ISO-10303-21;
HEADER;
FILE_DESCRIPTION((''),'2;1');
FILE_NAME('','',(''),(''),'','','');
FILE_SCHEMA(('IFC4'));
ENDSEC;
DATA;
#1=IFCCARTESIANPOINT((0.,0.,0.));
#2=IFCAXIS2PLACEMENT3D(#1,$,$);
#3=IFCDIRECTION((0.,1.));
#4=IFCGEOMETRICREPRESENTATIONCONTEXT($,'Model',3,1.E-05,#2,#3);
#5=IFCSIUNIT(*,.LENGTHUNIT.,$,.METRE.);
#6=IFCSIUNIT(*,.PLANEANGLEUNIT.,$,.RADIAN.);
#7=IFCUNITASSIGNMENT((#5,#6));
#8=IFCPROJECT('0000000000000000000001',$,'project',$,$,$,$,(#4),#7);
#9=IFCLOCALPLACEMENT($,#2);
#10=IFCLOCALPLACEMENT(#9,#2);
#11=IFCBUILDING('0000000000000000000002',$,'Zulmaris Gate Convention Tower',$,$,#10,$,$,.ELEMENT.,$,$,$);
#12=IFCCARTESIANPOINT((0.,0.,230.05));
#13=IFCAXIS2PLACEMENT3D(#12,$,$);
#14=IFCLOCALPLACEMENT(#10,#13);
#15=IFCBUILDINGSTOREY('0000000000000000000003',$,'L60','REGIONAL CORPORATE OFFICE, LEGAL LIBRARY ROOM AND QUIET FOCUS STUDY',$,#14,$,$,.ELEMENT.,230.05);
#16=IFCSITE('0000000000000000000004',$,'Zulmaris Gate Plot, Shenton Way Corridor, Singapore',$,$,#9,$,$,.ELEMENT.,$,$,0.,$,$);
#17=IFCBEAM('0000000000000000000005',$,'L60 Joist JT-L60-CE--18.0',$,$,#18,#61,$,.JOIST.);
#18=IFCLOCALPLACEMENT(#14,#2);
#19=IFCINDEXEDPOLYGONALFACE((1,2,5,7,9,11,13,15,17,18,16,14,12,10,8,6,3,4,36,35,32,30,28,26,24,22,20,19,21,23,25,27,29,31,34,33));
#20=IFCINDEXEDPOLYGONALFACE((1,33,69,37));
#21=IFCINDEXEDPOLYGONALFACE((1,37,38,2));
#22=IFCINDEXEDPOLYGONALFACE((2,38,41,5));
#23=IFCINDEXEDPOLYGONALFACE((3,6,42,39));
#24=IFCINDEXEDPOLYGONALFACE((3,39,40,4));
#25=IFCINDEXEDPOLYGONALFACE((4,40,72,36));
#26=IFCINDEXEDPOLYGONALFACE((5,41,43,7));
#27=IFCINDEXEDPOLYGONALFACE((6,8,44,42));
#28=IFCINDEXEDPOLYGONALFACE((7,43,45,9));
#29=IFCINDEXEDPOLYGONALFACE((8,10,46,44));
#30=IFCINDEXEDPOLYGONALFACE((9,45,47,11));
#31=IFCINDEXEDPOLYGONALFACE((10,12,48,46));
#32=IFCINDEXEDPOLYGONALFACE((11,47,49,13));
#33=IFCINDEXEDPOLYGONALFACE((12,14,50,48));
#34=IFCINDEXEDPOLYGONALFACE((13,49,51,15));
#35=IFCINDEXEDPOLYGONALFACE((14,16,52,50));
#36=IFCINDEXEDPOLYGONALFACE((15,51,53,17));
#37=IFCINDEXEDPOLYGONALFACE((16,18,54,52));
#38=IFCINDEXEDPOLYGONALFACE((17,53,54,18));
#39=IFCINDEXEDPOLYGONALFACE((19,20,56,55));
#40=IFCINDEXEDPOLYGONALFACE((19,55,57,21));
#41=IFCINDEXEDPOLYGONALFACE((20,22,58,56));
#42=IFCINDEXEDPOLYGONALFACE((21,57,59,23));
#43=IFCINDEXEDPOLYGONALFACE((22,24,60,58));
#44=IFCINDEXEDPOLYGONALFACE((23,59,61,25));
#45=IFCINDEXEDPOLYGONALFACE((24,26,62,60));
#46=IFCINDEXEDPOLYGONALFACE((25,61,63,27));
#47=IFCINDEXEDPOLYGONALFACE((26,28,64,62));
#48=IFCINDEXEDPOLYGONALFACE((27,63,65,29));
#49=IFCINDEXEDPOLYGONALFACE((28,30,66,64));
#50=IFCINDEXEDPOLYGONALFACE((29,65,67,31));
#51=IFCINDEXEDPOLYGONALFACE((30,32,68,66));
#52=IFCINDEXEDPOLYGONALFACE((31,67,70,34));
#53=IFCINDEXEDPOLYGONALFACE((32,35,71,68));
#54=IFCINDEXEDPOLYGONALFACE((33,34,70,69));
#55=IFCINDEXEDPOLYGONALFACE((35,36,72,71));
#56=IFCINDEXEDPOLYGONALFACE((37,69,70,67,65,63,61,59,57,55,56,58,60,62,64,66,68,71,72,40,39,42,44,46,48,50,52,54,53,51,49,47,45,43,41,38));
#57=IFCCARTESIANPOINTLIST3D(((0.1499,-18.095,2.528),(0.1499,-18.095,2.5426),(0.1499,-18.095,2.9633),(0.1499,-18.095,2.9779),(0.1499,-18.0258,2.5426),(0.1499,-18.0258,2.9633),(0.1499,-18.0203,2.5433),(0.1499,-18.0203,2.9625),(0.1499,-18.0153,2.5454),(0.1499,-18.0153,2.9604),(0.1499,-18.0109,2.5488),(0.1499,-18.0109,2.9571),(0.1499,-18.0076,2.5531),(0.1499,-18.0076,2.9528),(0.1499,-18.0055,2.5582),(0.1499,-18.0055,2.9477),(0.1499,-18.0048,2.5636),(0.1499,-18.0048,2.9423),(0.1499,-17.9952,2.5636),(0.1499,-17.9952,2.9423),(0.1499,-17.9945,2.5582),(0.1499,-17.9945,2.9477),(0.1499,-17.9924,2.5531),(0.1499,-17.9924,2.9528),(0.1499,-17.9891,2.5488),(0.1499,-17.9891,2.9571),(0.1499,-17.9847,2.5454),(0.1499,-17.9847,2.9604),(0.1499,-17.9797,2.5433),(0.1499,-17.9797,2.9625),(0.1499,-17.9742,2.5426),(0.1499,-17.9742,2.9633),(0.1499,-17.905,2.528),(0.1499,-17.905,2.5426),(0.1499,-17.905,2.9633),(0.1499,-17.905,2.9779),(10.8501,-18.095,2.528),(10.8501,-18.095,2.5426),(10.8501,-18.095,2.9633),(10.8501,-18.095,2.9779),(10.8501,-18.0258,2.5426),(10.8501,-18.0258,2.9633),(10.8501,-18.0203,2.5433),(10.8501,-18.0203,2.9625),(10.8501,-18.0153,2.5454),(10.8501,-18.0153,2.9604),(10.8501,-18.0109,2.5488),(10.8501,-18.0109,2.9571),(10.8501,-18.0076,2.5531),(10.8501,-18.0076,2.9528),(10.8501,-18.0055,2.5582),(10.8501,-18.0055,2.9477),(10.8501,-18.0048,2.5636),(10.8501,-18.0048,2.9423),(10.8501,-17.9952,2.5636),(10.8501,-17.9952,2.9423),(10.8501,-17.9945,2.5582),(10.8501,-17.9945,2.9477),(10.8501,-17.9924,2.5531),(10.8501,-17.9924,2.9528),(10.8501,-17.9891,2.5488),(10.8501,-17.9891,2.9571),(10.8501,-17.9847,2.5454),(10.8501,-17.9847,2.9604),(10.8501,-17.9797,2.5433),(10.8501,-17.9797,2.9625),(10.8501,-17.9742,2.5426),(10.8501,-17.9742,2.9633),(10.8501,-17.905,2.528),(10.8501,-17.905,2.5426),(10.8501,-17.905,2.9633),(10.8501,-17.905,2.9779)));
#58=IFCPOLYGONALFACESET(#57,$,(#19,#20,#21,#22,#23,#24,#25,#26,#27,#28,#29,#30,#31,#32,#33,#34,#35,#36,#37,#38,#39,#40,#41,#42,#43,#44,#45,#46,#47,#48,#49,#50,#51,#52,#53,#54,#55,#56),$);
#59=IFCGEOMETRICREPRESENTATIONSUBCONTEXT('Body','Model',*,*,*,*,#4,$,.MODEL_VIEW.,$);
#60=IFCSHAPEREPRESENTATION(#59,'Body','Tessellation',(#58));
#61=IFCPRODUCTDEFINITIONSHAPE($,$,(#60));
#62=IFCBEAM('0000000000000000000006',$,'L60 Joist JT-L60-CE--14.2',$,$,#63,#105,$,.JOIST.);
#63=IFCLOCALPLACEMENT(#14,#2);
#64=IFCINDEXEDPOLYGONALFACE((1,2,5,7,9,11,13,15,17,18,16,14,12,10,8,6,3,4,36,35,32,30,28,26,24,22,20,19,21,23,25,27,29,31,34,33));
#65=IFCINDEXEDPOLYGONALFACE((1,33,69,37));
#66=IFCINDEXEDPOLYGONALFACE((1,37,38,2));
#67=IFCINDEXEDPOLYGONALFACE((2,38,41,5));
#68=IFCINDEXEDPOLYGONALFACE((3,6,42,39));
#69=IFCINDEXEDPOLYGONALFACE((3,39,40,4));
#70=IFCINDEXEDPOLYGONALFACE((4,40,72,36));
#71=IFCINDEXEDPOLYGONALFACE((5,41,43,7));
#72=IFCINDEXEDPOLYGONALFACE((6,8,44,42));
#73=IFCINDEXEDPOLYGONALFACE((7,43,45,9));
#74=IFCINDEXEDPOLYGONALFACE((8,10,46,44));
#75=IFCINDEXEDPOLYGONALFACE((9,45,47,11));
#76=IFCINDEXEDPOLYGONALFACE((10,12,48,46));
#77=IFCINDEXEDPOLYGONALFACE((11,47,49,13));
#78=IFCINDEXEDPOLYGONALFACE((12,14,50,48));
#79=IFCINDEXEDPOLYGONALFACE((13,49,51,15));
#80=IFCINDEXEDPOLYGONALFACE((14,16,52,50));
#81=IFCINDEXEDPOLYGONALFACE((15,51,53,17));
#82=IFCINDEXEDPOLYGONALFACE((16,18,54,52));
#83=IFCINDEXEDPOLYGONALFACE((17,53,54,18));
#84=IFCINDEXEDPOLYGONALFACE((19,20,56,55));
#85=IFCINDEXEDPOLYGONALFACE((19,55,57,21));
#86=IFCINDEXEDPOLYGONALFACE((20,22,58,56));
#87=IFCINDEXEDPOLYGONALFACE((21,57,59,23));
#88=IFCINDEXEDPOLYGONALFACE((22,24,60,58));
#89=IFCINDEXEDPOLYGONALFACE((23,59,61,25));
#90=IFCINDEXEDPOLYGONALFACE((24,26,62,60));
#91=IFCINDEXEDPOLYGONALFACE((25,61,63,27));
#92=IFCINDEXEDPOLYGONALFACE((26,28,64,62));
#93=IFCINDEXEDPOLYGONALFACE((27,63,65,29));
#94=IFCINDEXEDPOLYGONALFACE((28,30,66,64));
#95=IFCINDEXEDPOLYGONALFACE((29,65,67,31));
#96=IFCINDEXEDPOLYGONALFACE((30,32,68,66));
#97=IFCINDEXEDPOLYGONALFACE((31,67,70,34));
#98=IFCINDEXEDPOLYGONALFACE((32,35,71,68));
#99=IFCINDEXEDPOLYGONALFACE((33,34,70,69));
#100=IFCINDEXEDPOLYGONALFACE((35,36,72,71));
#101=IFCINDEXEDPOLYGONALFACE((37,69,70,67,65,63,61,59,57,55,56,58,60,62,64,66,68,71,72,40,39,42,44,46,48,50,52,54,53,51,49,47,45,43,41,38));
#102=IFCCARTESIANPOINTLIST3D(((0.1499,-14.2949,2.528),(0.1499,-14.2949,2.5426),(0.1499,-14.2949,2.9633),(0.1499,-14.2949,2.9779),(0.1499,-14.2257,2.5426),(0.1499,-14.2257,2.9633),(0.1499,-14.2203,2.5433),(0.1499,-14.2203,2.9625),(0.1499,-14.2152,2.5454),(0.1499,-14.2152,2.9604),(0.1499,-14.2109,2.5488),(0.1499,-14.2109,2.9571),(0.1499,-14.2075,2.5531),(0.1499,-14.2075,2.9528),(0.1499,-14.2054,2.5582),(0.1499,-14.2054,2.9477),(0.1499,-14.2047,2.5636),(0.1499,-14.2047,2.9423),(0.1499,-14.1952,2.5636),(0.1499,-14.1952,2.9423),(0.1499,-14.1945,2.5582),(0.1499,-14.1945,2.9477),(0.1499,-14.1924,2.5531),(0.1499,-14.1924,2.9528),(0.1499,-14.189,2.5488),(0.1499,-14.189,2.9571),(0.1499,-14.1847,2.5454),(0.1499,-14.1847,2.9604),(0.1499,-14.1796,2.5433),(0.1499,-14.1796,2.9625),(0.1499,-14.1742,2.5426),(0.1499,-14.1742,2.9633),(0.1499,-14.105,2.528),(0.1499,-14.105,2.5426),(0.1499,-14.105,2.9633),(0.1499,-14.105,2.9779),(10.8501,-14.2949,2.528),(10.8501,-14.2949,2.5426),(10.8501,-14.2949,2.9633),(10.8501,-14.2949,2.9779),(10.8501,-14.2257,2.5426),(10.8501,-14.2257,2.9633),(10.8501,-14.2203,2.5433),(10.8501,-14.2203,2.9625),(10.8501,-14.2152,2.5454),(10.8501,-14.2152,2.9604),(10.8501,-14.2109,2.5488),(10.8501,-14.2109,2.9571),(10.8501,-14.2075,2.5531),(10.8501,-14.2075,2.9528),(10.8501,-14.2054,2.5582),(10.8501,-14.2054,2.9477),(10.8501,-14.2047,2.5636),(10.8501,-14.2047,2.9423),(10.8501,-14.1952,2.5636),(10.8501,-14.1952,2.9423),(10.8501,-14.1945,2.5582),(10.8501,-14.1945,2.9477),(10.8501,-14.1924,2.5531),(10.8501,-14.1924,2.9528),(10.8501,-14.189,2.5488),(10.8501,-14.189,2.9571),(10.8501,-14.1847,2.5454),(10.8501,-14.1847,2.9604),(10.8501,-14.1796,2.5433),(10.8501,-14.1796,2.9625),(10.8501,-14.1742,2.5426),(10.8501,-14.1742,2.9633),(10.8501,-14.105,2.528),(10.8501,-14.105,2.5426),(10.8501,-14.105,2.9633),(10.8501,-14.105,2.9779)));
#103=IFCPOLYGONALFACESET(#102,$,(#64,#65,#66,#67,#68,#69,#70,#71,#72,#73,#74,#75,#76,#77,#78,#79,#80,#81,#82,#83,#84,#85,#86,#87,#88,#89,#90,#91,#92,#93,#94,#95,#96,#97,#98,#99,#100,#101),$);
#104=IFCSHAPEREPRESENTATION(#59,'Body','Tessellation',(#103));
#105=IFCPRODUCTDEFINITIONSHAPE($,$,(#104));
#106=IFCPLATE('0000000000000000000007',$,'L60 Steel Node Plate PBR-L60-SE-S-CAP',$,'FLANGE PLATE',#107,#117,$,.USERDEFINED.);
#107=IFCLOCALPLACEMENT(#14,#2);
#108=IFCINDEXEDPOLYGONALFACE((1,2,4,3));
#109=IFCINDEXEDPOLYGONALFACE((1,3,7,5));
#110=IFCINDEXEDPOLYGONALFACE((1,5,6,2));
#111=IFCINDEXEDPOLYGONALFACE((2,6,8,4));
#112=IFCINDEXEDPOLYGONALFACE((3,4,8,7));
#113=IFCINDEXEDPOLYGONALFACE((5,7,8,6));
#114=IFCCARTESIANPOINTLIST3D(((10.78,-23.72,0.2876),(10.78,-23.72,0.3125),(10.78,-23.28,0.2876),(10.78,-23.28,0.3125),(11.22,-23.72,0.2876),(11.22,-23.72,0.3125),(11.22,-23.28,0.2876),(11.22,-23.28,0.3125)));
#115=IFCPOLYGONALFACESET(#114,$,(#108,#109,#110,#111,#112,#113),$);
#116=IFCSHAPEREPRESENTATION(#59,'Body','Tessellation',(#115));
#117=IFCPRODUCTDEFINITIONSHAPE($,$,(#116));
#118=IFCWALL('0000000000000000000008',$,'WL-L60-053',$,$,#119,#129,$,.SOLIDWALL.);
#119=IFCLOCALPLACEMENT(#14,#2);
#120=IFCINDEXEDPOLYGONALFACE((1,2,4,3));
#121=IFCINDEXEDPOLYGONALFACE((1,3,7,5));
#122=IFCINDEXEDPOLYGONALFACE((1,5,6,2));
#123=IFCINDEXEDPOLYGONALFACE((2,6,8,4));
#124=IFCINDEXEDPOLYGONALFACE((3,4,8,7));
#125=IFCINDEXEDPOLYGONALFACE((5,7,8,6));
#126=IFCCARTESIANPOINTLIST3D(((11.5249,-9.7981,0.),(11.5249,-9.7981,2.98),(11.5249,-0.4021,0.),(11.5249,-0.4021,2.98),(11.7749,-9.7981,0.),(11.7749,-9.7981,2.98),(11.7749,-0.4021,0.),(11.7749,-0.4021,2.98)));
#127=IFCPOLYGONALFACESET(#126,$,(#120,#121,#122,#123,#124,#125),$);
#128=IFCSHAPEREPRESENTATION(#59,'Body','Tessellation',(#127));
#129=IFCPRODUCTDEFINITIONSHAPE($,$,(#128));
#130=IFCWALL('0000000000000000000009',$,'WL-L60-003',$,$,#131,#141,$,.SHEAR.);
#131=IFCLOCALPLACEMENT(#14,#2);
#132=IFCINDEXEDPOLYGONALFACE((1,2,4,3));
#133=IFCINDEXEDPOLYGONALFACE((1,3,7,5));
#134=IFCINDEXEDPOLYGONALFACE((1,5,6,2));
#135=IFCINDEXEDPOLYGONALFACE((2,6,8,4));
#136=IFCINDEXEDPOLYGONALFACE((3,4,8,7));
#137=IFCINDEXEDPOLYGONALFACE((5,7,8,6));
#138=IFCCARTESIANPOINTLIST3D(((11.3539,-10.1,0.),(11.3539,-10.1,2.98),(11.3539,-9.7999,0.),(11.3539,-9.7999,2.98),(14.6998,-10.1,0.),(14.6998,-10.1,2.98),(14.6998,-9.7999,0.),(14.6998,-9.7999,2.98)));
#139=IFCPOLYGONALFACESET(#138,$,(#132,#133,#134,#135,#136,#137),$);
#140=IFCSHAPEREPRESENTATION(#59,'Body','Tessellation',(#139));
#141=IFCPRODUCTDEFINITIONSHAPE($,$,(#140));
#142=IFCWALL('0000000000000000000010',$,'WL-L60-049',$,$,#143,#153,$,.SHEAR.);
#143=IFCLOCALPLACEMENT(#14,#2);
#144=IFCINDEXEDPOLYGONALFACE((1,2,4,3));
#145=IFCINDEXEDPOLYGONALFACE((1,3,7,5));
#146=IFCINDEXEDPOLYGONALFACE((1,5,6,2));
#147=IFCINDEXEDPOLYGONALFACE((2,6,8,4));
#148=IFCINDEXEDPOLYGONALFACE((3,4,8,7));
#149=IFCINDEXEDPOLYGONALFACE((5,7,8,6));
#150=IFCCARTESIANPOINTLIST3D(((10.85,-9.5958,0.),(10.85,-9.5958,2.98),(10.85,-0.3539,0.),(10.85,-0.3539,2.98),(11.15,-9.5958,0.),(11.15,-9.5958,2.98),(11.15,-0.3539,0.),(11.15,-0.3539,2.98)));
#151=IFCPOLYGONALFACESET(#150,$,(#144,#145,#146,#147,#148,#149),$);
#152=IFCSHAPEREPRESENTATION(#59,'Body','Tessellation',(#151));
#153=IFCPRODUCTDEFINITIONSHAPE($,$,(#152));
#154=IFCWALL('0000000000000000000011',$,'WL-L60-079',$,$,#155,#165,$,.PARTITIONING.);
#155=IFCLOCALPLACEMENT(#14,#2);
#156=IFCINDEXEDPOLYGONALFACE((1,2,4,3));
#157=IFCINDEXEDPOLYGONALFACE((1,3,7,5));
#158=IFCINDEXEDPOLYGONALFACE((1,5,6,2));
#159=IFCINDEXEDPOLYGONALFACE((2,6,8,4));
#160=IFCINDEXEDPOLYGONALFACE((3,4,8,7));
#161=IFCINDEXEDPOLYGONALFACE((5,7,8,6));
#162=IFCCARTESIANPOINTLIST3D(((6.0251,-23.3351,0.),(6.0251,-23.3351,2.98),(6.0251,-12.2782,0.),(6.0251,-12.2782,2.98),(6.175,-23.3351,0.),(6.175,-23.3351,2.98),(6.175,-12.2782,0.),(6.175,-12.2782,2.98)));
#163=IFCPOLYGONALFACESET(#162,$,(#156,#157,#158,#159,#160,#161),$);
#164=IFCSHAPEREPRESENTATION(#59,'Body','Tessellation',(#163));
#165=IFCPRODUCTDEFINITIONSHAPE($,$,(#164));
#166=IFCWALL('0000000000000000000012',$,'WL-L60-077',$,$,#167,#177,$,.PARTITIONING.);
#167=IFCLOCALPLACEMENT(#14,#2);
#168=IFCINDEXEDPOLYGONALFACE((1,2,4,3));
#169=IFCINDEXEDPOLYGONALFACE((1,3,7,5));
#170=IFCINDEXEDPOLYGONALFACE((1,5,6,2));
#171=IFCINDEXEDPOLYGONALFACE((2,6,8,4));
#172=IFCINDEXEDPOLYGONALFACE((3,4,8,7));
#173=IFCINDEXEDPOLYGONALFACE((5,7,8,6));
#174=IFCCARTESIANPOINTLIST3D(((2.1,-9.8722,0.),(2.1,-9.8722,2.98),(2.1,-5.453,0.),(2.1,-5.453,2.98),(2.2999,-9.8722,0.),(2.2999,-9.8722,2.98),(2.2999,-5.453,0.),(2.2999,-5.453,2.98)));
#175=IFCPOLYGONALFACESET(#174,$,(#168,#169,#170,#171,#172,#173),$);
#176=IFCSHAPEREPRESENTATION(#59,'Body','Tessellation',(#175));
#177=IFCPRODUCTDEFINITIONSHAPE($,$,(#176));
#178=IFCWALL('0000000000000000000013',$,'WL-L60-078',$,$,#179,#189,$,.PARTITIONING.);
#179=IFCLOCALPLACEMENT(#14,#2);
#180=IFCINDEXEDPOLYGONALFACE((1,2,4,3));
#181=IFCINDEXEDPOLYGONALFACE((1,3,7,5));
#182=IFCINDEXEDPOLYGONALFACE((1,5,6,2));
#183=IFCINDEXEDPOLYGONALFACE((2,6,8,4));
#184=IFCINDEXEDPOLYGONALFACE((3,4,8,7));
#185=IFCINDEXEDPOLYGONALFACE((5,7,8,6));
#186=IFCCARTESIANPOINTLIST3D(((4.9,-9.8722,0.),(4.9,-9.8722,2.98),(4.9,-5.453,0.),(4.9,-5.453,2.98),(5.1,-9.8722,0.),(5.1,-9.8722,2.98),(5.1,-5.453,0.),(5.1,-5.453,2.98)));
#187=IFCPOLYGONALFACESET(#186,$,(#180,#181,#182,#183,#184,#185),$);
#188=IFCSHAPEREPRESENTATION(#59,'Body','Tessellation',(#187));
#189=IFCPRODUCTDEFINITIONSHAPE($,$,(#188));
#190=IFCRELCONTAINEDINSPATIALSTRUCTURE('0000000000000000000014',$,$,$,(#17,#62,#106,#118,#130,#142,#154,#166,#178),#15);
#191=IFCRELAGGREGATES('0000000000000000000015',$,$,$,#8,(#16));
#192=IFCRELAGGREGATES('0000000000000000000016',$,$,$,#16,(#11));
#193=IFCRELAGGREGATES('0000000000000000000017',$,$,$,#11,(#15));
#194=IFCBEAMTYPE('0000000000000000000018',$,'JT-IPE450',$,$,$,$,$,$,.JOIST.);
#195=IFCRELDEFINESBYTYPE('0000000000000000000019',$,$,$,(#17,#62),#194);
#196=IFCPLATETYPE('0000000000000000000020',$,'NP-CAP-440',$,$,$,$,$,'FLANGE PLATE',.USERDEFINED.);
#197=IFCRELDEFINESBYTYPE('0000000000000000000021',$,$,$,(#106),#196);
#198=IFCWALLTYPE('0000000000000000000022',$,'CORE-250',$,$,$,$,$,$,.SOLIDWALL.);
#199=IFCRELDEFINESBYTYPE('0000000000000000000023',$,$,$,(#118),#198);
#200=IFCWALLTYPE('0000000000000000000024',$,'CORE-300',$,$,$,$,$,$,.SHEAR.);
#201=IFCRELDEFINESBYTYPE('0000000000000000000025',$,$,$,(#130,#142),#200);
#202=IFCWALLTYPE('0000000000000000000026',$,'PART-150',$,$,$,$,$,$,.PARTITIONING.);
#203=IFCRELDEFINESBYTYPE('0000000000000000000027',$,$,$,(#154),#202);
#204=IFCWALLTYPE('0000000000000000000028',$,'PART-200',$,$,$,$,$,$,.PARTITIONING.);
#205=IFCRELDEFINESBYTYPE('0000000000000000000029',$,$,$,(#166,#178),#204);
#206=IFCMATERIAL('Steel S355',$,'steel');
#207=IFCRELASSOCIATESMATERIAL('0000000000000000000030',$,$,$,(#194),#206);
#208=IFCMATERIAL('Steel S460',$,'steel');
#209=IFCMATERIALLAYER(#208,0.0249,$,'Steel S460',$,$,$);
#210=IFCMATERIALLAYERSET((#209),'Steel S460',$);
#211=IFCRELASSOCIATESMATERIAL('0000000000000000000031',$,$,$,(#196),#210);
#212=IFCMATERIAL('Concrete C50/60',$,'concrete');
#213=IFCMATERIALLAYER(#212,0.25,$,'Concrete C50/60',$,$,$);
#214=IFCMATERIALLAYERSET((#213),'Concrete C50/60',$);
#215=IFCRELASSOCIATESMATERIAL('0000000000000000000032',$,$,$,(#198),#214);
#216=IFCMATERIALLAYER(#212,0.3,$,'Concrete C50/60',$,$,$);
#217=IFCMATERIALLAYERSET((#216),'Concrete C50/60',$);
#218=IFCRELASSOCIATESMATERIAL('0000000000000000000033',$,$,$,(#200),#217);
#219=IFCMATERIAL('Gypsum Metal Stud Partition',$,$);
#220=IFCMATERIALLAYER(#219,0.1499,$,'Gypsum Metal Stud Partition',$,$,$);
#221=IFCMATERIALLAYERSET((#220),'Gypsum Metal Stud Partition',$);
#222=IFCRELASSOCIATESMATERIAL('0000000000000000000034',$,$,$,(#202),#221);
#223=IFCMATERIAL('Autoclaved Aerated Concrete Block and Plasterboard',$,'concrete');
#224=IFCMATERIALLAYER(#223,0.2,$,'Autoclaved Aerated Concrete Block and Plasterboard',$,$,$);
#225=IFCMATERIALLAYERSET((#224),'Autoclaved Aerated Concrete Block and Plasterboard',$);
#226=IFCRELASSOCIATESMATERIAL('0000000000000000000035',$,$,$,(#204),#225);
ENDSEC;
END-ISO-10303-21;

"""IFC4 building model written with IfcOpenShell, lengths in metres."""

from ifc_helpers import new_model, si_unit, direction, frame, frame_2d, origin, origin_2d, place, context, subcontext, project, spatial, rectangle, i_section, extrude, material, layer, layer_set, material_profile, profile_set, type_object, element, save


model = new_model("IFC4")

# Units and contexts
model_context = context("Model", 3, precision=1e-05, world=origin(), true_north=direction((0.0, 1.0)))
body_context = subcontext(model_context, "Body", "Model", "MODEL_VIEW")
ifc_project = project(units=[si_unit("LENGTHUNIT", "METRE"), si_unit("PLANEANGLEUNIT", "RADIAN")], contexts=[model_context])

# Site, building, storey
site_placement = place(None, origin())
site = spatial("IfcSite", under=ifc_project, at=site_placement, Name="Zulmaris Gate Plot, Shenton Way Corridor, Singapore", CompositionType="ELEMENT", RefElevation=0.0)
building_placement = place(site_placement, origin())
building = spatial("IfcBuilding", under=site, at=building_placement, Name="Zulmaris Gate Convention Tower", CompositionType="ELEMENT")
storey_placement = place(building_placement, frame((0.0, 0.0, 230.05)))
storey = spatial("IfcBuildingStorey", under=building, at=storey_placement, Name="L60", Description="REGIONAL CORPORATE OFFICE, LEGAL LIBRARY ROOM AND QUIET FOCUS STUDY", CompositionType="ELEMENT", Elevation=230.05)

# Shared definitions
ifc_material_1 = material(Name="Concrete C50/60", Category="concrete")

# Shared definitions
ifc_material_2 = material(Name="Steel S355", Category="steel")

# Beams
ifc_material_profile_1 = material_profile(ifc_material_2, i_section(OverallWidth=0.1899, OverallDepth=0.45, WebThickness=0.0095, FlangeThickness=0.0146, FilletRadius=0.021, at=origin_2d()), Name="IPE 450")
ifc_profile_set_1 = profile_set([ifc_material_profile_1], Name="Steel S355")
beam_type_1 = type_object("IfcBeamType", Name="JT-IPE450", PredefinedType="JOIST", material=ifc_profile_set_1)
for number, where, z_axis, x_axis, name in (
    (1, (0.1499, -18.0, 2.7529), (1.0, 0.0, 0.0), (0.0, 1.0, 0.0), "L60 Joist JT-L60-CE--18.0"),
    (2, (0.1499, -14.2, 2.7529), (1.0, 0.0, 0.0), (0.0, 1.0, 0.0), "L60 Joist JT-L60-CE--14.2"),
):
    element("IfcBeam", number, at=place(storey_placement, frame(where, z_axis=z_axis, x_axis=x_axis)), inside=storey, type_object=beam_type_1, Name=name, PredefinedType="JOIST", context=body_context, shape_type="SweptSolid", body=[
        extrude(i_section(OverallWidth=0.1899, OverallDepth=0.45, WebThickness=0.0095, FlangeThickness=0.0146, FilletRadius=0.021, at=origin_2d()), origin(), (0.0, 0.0, 1.0), 10.7002),
    ])

# Plate
ifc_material_3 = material(Name="Steel S460", Category="steel")
ifc_layer_1 = layer(ifc_material_3, 0.0249, Name="Steel S460")
ifc_layer_set_1 = layer_set([ifc_layer_1], Name="Steel S460")
plate_type = type_object("IfcPlateType", Name="NP-CAP-440", ElementType="FLANGE PLATE", PredefinedType="USERDEFINED", material=ifc_layer_set_1)
plate_placement = place(storey_placement, frame((11.0, -23.5, 0.2876), z_axis=(0.0, 0.0, 1.0), x_axis=(1.0, 0.0, 0.0)))
element("IfcPlate", 3, at=plate_placement, inside=storey, type_object=plate_type, Name="L60 Steel Node Plate PBR-L60-SE-S-CAP", ObjectType="FLANGE PLATE", PredefinedType="USERDEFINED", context=body_context, shape_type="SweptSolid", body=[
    extrude(rectangle(XDim=0.4399, YDim=0.4399, at=origin_2d()), origin(), (0.0, 0.0, 1.0), 0.0249),
])

# Walls
ifc_layer_2 = layer(ifc_material_1, 0.25, Name="Concrete C50/60")
ifc_layer_set_2 = layer_set([ifc_layer_2], Name="Concrete C50/60")
wall_type_1 = type_object("IfcWallType", Name="CORE-250", PredefinedType="SOLIDWALL", material=ifc_layer_set_2)
wall_1_placement = place(storey_placement, frame((11.6499, -9.7981, 0.0), z_axis=(0.0, 0.0, 1.0), x_axis=(0.0, 1.0, 0.0)))
element("IfcWall", 4, at=wall_1_placement, inside=storey, type_object=wall_type_1, Name="WL-L60-053", PredefinedType="SOLIDWALL", context=body_context, shape_type="SweptSolid", body=[
    extrude(rectangle(XDim=9.396, YDim=0.25, at=frame_2d((4.698, 0.0))), origin(), (0.0, 0.0, 1.0), 2.98),
])
ifc_layer_3 = layer(ifc_material_1, 0.3, Name="Concrete C50/60")
ifc_layer_set_3 = layer_set([ifc_layer_3], Name="Concrete C50/60")
wall_type_2 = type_object("IfcWallType", Name="CORE-300", PredefinedType="SHEAR", material=ifc_layer_set_3)
wall_2_placement = place(storey_placement, frame((11.354, -9.95, 0.0), z_axis=(0.0, 0.0, 1.0), x_axis=(1.0, 0.0, 0.0)))
element("IfcWall", 5, at=wall_2_placement, inside=storey, type_object=wall_type_2, Name="WL-L60-003", PredefinedType="SHEAR", context=body_context, shape_type="SweptSolid", body=[
    extrude(rectangle(XDim=3.3459, YDim=0.3, at=frame_2d((1.6729, 0.0))), origin(), (0.0, 0.0, 1.0), 2.98),
])
wall_3_placement = place(storey_placement, frame((11.0, -9.5959, 0.0), z_axis=(0.0, 0.0, 1.0), x_axis=(0.0, 1.0, 0.0)))
element("IfcWall", 6, at=wall_3_placement, inside=storey, type_object=wall_type_2, Name="WL-L60-049", PredefinedType="SHEAR", context=body_context, shape_type="SweptSolid", body=[
    extrude(rectangle(XDim=9.2419, YDim=0.3, at=frame_2d((4.6211, 0.0))), origin(), (0.0, 0.0, 1.0), 2.98),
])
ifc_material_4 = material(Name="Gypsum Metal Stud Partition")
ifc_layer_4 = layer(ifc_material_4, 0.1499, Name="Gypsum Metal Stud Partition")
ifc_layer_set_4 = layer_set([ifc_layer_4], Name="Gypsum Metal Stud Partition")
wall_type_3 = type_object("IfcWallType", Name="PART-150", PredefinedType="PARTITIONING", material=ifc_layer_set_4)
wall_4_placement = place(storey_placement, frame((6.1001, -23.335, 0.0), z_axis=(0.0, 0.0, 1.0), x_axis=(0.0, 1.0, 0.0)))
element("IfcWall", 7, at=wall_4_placement, inside=storey, type_object=wall_type_3, Name="WL-L60-079", PredefinedType="PARTITIONING", context=body_context, shape_type="SweptSolid", body=[
    extrude(rectangle(XDim=11.0569, YDim=0.1499, at=frame_2d((5.5283, 0.0))), origin(), (0.0, 0.0, 1.0), 2.98),
])
ifc_material_5 = material(Name="Autoclaved Aerated Concrete Block and Plasterboard", Category="concrete")
ifc_layer_5 = layer(ifc_material_5, 0.2, Name="Autoclaved Aerated Concrete Block and Plasterboard")
ifc_layer_set_5 = layer_set([ifc_layer_5], Name="Autoclaved Aerated Concrete Block and Plasterboard")
wall_type_4 = type_object("IfcWallType", Name="PART-200", PredefinedType="PARTITIONING", material=ifc_layer_set_5)
for number, where, z_axis, x_axis, name in (
    (8, (2.2, -9.8721, 0.0), (0.0, 0.0, 1.0), (0.0, 1.0, 0.0), "WL-L60-077"),
    (9, (5.0, -9.8721, 0.0), (0.0, 0.0, 1.0), (0.0, 1.0, 0.0), "WL-L60-078"),
):
    element("IfcWall", number, at=place(storey_placement, frame(where, z_axis=z_axis, x_axis=x_axis)), inside=storey, type_object=wall_type_4, Name=name, PredefinedType="PARTITIONING", context=body_context, shape_type="SweptSolid", body=[
        extrude(rectangle(XDim=4.4192, YDim=0.2, at=frame_2d((2.2095, 0.0))), origin(), (0.0, 0.0, 1.0), 2.98),
    ])

save(model, "model.ifc")
